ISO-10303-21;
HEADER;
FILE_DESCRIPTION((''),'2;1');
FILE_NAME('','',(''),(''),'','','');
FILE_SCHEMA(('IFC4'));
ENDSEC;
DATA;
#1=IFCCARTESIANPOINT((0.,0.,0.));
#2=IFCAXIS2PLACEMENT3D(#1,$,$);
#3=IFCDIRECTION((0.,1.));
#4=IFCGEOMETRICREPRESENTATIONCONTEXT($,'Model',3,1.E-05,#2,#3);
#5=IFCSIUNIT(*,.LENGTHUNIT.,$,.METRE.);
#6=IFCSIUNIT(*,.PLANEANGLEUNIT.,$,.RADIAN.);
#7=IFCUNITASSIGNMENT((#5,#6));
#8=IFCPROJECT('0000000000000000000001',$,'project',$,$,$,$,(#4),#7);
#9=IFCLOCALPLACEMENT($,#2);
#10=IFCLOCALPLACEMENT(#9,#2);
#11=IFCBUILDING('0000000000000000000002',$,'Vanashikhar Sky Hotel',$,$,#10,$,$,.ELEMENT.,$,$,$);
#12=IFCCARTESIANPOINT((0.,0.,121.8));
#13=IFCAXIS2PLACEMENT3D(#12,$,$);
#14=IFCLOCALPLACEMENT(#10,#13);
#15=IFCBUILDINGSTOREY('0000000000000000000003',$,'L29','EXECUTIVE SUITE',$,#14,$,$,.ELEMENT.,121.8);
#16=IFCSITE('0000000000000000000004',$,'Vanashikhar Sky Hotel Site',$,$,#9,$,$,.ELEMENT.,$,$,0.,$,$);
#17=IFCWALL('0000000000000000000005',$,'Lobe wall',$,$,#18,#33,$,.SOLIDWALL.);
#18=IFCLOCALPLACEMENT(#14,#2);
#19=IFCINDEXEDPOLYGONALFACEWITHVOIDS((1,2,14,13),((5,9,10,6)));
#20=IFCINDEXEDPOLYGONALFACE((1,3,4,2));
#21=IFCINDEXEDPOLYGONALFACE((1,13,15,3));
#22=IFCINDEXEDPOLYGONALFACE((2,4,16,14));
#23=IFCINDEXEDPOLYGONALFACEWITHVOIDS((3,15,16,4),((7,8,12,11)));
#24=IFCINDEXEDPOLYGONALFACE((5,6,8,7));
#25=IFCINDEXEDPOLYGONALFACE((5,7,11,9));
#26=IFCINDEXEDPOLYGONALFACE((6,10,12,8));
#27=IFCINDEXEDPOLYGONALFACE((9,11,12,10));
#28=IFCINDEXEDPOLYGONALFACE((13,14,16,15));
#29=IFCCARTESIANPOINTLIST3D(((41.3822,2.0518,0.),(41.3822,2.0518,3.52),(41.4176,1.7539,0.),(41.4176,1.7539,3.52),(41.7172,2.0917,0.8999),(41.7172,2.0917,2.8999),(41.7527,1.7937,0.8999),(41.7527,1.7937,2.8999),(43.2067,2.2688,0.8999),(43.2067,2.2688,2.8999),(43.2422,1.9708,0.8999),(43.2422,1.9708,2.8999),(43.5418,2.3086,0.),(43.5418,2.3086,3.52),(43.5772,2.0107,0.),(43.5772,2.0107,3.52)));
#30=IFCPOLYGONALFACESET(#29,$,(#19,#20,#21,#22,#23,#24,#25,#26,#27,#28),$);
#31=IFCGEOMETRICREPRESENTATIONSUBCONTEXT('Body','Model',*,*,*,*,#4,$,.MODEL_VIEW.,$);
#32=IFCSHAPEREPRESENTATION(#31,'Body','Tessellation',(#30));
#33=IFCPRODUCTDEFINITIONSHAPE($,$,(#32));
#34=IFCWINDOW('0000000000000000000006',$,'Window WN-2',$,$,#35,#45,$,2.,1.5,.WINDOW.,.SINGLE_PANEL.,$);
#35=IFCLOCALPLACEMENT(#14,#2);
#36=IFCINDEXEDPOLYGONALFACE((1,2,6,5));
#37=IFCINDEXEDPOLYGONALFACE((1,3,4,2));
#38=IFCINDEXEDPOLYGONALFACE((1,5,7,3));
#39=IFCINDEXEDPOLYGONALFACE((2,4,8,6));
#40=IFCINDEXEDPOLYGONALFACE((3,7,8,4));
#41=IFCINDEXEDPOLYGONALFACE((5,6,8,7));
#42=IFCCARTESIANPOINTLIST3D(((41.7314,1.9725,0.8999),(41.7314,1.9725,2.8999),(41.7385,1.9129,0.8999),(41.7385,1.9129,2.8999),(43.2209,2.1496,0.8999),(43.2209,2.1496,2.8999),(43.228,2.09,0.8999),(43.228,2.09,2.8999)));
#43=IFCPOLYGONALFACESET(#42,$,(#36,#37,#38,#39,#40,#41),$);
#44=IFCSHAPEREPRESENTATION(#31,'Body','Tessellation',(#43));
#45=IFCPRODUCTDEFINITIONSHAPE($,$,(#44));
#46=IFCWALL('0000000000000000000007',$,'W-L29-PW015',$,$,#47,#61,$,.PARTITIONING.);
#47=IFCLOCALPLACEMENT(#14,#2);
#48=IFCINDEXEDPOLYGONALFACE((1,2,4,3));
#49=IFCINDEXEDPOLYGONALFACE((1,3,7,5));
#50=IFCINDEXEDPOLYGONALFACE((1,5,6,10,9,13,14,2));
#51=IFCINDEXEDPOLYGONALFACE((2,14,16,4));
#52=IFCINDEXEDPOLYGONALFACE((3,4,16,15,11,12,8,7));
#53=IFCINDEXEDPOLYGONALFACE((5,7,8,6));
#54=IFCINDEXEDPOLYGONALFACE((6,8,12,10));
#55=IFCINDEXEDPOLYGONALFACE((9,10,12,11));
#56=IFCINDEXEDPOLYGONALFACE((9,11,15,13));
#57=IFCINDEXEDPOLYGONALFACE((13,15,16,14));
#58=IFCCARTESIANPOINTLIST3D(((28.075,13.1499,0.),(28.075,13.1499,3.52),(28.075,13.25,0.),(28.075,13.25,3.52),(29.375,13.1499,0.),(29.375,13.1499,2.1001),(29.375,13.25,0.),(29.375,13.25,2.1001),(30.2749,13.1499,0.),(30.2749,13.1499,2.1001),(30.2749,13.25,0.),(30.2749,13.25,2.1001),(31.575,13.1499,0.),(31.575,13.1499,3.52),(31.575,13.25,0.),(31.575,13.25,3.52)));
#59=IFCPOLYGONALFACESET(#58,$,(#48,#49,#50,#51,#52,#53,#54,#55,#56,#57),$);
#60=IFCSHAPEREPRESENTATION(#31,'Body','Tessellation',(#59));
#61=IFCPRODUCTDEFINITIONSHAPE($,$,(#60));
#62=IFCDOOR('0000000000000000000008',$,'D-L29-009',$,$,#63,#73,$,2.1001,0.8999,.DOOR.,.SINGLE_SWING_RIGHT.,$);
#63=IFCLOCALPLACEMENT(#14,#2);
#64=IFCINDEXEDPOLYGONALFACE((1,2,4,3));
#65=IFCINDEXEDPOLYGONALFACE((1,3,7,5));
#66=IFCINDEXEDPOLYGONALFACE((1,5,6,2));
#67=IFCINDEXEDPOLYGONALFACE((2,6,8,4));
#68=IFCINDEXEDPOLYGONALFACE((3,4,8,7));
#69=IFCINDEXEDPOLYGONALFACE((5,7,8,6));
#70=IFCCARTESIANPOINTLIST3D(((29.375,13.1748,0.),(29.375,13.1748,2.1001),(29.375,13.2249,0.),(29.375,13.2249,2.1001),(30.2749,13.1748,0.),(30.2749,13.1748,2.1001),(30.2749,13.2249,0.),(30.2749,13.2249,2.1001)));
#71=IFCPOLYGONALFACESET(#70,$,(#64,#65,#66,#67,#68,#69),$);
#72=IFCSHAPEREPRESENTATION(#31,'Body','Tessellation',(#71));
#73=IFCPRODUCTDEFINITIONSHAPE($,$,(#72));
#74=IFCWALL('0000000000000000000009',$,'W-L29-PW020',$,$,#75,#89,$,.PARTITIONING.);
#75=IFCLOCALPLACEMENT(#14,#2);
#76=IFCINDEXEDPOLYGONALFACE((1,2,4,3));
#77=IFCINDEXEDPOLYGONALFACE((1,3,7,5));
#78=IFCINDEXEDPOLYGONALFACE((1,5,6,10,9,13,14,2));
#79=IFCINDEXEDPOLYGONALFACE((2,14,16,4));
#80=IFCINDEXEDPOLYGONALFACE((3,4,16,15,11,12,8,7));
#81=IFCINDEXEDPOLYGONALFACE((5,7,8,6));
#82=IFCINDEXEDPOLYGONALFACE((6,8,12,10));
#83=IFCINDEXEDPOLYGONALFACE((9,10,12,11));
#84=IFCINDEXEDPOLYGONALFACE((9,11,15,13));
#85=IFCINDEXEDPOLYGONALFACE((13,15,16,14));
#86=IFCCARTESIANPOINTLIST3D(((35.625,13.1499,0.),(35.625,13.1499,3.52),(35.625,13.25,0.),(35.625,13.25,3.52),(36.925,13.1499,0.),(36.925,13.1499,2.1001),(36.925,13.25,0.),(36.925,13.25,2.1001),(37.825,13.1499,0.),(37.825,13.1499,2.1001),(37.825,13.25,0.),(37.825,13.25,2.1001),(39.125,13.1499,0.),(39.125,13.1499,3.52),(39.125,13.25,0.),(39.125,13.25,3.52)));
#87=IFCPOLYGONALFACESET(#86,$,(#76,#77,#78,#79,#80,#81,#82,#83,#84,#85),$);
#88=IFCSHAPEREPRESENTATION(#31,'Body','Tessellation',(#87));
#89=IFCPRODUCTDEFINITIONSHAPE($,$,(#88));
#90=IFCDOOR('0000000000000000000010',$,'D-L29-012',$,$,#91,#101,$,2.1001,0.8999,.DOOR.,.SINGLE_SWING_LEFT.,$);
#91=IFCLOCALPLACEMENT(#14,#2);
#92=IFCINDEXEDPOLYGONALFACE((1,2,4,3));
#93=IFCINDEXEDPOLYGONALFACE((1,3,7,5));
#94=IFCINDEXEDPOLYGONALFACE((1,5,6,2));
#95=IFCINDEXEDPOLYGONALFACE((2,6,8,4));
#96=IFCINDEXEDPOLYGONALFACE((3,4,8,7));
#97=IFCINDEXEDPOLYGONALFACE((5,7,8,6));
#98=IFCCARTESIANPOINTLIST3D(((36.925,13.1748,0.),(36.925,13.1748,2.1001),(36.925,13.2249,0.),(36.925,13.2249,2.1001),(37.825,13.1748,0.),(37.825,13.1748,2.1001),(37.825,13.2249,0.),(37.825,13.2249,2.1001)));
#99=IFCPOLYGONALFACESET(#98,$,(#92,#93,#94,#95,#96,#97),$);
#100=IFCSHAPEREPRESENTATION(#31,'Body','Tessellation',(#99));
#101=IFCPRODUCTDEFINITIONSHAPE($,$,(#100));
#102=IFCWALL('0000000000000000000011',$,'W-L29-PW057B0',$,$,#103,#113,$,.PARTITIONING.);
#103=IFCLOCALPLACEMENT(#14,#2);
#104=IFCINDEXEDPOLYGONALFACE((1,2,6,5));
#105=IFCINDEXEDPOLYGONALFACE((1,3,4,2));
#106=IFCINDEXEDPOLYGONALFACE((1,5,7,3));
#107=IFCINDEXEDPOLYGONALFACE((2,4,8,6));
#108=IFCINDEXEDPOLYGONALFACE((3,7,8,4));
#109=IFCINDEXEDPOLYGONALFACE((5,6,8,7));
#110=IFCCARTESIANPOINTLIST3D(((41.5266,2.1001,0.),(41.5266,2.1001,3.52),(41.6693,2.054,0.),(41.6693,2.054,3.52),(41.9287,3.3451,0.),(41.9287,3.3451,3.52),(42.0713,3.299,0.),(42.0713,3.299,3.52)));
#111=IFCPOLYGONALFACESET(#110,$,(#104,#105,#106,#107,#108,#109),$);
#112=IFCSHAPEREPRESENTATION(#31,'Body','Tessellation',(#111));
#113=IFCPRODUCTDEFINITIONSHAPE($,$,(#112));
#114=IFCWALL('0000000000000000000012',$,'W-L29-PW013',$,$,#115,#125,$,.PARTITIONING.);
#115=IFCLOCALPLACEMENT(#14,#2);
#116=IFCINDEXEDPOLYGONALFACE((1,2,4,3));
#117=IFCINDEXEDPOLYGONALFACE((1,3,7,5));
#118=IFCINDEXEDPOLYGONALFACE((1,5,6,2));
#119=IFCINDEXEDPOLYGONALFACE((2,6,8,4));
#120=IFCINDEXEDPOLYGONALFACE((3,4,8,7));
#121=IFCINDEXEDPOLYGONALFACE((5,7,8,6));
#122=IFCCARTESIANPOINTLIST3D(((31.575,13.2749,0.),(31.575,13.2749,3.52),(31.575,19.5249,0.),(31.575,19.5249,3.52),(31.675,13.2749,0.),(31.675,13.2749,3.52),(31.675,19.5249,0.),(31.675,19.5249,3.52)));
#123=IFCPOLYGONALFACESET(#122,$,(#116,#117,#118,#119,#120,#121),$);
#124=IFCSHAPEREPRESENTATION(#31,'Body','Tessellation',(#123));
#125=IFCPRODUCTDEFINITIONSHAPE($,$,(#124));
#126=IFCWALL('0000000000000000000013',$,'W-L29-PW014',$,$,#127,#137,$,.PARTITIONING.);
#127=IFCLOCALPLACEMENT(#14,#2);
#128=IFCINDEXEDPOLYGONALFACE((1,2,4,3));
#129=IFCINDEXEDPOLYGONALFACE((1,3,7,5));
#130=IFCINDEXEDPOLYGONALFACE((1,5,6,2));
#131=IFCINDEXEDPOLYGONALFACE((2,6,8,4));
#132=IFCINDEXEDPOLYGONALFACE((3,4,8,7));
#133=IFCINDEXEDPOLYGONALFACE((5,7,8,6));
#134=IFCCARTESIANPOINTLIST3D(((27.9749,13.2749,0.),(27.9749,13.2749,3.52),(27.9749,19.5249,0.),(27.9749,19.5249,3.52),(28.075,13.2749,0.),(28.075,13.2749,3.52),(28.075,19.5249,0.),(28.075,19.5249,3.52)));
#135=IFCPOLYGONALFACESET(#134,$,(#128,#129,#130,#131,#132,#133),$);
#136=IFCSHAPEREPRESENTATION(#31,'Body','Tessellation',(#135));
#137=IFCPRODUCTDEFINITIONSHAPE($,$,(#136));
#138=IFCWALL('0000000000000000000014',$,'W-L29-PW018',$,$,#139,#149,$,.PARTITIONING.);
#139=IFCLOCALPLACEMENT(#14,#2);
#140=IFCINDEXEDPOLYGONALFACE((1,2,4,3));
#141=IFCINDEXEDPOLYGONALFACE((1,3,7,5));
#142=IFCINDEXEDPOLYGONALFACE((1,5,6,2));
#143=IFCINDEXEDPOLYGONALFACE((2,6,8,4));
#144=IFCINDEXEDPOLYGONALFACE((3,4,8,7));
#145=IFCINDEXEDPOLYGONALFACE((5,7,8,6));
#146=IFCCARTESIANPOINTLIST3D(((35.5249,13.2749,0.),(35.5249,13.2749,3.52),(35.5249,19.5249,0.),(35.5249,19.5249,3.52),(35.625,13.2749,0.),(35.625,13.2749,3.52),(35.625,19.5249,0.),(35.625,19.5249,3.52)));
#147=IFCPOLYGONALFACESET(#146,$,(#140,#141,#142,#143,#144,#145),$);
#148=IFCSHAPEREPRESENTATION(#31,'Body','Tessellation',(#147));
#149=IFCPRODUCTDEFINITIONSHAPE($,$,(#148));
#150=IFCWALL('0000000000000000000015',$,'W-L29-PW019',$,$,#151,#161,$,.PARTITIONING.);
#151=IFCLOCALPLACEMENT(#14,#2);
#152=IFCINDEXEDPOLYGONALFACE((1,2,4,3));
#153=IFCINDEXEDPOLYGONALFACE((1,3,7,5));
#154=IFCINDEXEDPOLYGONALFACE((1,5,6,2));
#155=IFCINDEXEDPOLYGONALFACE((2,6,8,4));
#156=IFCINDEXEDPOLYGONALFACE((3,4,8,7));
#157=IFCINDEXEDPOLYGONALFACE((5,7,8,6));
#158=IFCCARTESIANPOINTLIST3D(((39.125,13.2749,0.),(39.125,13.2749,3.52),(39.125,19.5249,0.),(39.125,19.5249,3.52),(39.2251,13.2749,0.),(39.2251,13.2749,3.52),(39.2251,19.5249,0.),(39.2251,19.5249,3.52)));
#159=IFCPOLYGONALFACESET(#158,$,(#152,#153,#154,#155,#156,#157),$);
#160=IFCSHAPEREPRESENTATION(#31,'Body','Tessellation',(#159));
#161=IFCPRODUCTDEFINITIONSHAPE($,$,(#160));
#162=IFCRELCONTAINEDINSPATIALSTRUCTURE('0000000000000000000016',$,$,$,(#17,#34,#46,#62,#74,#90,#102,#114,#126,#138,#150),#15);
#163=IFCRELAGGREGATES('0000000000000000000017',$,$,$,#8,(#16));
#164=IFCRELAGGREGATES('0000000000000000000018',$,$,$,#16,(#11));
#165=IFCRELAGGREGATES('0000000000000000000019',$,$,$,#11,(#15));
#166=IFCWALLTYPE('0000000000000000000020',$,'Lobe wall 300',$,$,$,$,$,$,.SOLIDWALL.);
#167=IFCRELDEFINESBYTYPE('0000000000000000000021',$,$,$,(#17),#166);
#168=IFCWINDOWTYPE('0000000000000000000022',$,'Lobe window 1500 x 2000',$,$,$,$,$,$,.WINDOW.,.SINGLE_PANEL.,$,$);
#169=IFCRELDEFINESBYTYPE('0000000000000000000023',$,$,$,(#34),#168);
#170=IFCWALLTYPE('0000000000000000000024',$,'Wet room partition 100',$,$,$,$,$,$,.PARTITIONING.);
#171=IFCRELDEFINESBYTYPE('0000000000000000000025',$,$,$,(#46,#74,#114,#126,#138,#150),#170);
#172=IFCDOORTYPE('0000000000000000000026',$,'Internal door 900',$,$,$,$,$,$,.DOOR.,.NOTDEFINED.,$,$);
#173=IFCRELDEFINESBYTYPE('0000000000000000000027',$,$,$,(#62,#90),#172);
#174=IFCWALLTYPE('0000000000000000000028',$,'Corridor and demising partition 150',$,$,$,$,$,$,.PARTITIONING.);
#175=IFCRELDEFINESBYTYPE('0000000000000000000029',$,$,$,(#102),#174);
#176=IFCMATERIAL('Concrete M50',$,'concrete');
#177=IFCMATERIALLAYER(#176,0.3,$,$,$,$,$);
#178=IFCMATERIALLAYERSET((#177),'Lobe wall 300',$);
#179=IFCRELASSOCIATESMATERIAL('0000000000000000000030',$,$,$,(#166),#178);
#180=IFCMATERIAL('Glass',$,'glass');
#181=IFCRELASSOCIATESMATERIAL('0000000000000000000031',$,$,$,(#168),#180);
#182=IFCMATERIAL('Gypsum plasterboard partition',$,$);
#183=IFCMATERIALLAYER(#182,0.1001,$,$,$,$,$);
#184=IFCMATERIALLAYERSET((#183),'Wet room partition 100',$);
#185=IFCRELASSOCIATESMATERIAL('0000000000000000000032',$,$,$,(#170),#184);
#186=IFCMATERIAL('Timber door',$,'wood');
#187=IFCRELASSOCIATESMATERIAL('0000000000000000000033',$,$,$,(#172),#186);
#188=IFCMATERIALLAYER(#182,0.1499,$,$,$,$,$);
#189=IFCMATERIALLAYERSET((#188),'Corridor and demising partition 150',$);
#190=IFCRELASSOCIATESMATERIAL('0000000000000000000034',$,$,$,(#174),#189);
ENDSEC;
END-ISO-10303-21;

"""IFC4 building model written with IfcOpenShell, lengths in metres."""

from ifc_helpers import new_model, si_unit, direction, frame, frame_2d, origin, place, context, subcontext, project, spatial, rectangle, extrude, source, transform, mapped, material, layer, layer_set, type_object, element, fill, save


model = new_model("IFC4")

# Units and contexts
model_context = context("Model", 3, precision=1e-05, world=origin(), true_north=direction((0.0, 1.0)))
body_context = subcontext(model_context, "Body", "Model", "MODEL_VIEW")
ifc_project = project(units=[si_unit("LENGTHUNIT", "METRE"), si_unit("PLANEANGLEUNIT", "RADIAN")], contexts=[model_context])

# Site, building, storey
site_placement = place(None, origin())
site = spatial("IfcSite", under=ifc_project, at=site_placement, Name="Vanashikhar Sky Hotel Site", CompositionType="ELEMENT", RefElevation=0.0)
building_placement = place(site_placement, origin())
building = spatial("IfcBuilding", under=site, at=building_placement, Name="Vanashikhar Sky Hotel", CompositionType="ELEMENT")
storey_placement = place(building_placement, frame((0.0, 0.0, 121.8)))
storey = spatial("IfcBuildingStorey", under=building, at=storey_placement, Name="L29", Description="EXECUTIVE SUITE", CompositionType="ELEMENT", Elevation=121.8)

# Shared definitions
ifc_material_1 = material(Name="Concrete M50", Category="concrete")

# Wall, opening, window
ifc_layer_1 = layer(ifc_material_1, 0.3)
ifc_layer_set_1 = layer_set([ifc_layer_1], Name="Lobe wall 300")
wall_type_1 = type_object("IfcWallType", Name="Lobe wall 300", PredefinedType="SOLIDWALL", material=ifc_layer_set_1)
shared_shape_1 = source(origin(), body_context, "Body", "SweptSolid", [
    extrude(rectangle(XDim=1.5, YDim=2.0, at=frame_2d((0.75, 1.0))), frame((0.0, 0.1602, 0.0), z_axis=(0.0, -1.0, 0.0), x_axis=(1.0, 0.0, 0.0)), (0.0, 0.0, 1.0), 0.3201),
])
ifc_material_2 = material(Name="Glass", Category="glass")
window_type = type_object("IfcWindowType", Name="Lobe window 1500 x 2000", PartitioningType="SINGLE_PANEL", PredefinedType="WINDOW", material=ifc_material_2)
shared_shape_2 = source(origin(), body_context, "Body", "SweptSolid", [
    extrude(rectangle(XDim=1.5, YDim=2.0, at=frame_2d((0.75, 1.0))), frame((0.0, 0.03, 0.0), z_axis=(0.0, -1.0, 0.0), x_axis=(1.0, 0.0, 0.0)), (0.0, 0.0, 1.0), 0.0601),
])
shared_shape_3 = source(origin(), body_context, "Body", "SweptSolid", [
    extrude(rectangle(XDim=2.1748, YDim=0.3, at=frame_2d((1.0874, 0.0))), origin(), (0.0, 0.0, 1.0), 3.52),
])
wall_1_placement = place(storey_placement, frame((41.3999, 1.9028, 0.0), z_axis=(0.0, 0.0, 1.0), x_axis=(0.993003, 0.118092, 0.0)))
wall_1 = element("IfcWall", 1, at=wall_1_placement, inside=storey, type_object=wall_type_1, Name="Lobe wall", PredefinedType="SOLIDWALL", context=body_context, shape_type="MappedRepresentation", body=[
    mapped(shared_shape_3, transform((0.0, 0.0, 0.0), scale=1.0)),
])
opening_1_placement = place(wall_1_placement, frame((0.3374, 0.0, 0.8999)))
opening_1 = element("IfcOpeningElement", 2, at=opening_1_placement, cuts=wall_1, PredefinedType="OPENING", context=body_context, shape_type="MappedRepresentation", body=[
    mapped(shared_shape_1, transform((0.0, 0.0, 0.0), scale=1.0)),
])
window_1_placement = place(opening_1_placement, origin())
window_1 = element("IfcWindow", 3, at=window_1_placement, inside=storey, type_object=window_type, Name="Window WN-2", OverallHeight=2.0, OverallWidth=1.5, PartitioningType="SINGLE_PANEL", PredefinedType="WINDOW", context=body_context, shape_type="MappedRepresentation", body=[
    mapped(shared_shape_2, transform((0.0, 0.0, 0.0), scale=1.0)),
])
fill(opening_1, window_1)

# Walls, openings, doors
ifc_material_3 = material(Name="Gypsum plasterboard partition")
ifc_layer_2 = layer(ifc_material_3, 0.1001)
ifc_layer_set_2 = layer_set([ifc_layer_2], Name="Wet room partition 100")
wall_type_2 = type_object("IfcWallType", Name="Wet room partition 100", PredefinedType="PARTITIONING", material=ifc_layer_set_2)
shared_shape_4 = source(origin(), body_context, "Body", "SweptSolid", [
    extrude(rectangle(XDim=3.5, YDim=0.1001, at=frame_2d((1.75, 0.0))), origin(), (0.0, 0.0, 1.0), 3.52),
])
wall_2_placement = place(storey_placement, frame((28.075, 13.2, 0.0), z_axis=(0.0, 0.0, 1.0), x_axis=(1.0, 0.0, 0.0)))
wall_2 = element("IfcWall", 4, at=wall_2_placement, inside=storey, type_object=wall_type_2, Name="W-L29-PW015", PredefinedType="PARTITIONING", context=body_context, shape_type="MappedRepresentation", body=[
    mapped(shared_shape_4, transform((0.0, 0.0, 0.0), scale=1.0)),
])
shared_shape_5 = source(origin(), body_context, "Body", "SweptSolid", [
    extrude(rectangle(XDim=0.8999, YDim=2.1001, at=frame_2d((0.45, 1.05))), frame((0.0, 0.0601, 0.0), z_axis=(0.0, -1.0, 0.0), x_axis=(1.0, 0.0, 0.0)), (0.0, 0.0, 1.0), 0.1201),
])
opening_2_placement = place(wall_2_placement, frame((1.3, 0.0, 0.0)))
opening_2 = element("IfcOpeningElement", 5, at=opening_2_placement, cuts=wall_2, PredefinedType="OPENING", context=body_context, shape_type="MappedRepresentation", body=[
    mapped(shared_shape_5, transform((0.0, 0.0, 0.0), scale=1.0)),
])
ifc_material_4 = material(Name="Timber door", Category="wood")
door_type = type_object("IfcDoorType", Name="Internal door 900", OperationType="NOTDEFINED", PredefinedType="DOOR", material=ifc_material_4)
shared_shape_6 = source(origin(), body_context, "Body", "SweptSolid", [
    extrude(rectangle(XDim=0.8999, YDim=2.1001, at=frame_2d((0.45, 1.05))), frame((0.0, 0.0249, 0.0), z_axis=(0.0, -1.0, 0.0), x_axis=(1.0, 0.0, 0.0)), (0.0, 0.0, 1.0), 0.05),
])
door_1_placement = place(opening_2_placement, origin())
door_1 = element("IfcDoor", 6, at=door_1_placement, inside=storey, type_object=door_type, Name="D-L29-009", OperationType="SINGLE_SWING_RIGHT", OverallHeight=2.1001, OverallWidth=0.8999, PredefinedType="DOOR", context=body_context, shape_type="MappedRepresentation", body=[
    mapped(shared_shape_6, transform((0.0, 0.0, 0.0), scale=1.0)),
])
fill(opening_2, door_1)
wall_3_placement = place(storey_placement, frame((35.625, 13.2, 0.0), z_axis=(0.0, 0.0, 1.0), x_axis=(1.0, 0.0, 0.0)))
wall_3 = element("IfcWall", 7, at=wall_3_placement, inside=storey, type_object=wall_type_2, Name="W-L29-PW020", PredefinedType="PARTITIONING", context=body_context, shape_type="MappedRepresentation", body=[
    mapped(shared_shape_4, transform((0.0, 0.0, 0.0), scale=1.0)),
])
opening_3_placement = place(wall_3_placement, frame((1.3, 0.0, 0.0)))
opening_3 = element("IfcOpeningElement", 8, at=opening_3_placement, cuts=wall_3, PredefinedType="OPENING", context=body_context, shape_type="MappedRepresentation", body=[
    mapped(shared_shape_5, transform((0.0, 0.0, 0.0), scale=1.0)),
])
door_2_placement = place(opening_3_placement, origin())
door_2 = element("IfcDoor", 9, at=door_2_placement, inside=storey, type_object=door_type, Name="D-L29-012", OperationType="SINGLE_SWING_LEFT", OverallHeight=2.1001, OverallWidth=0.8999, PredefinedType="DOOR", context=body_context, shape_type="MappedRepresentation", body=[
    mapped(shared_shape_6, transform((0.0, 0.0, 0.0), scale=1.0)),
])
fill(opening_3, door_2)

# Walls
ifc_layer_3 = layer(ifc_material_3, 0.1499)
ifc_layer_set_3 = layer_set([ifc_layer_3], Name="Corridor and demising partition 150")
wall_type_3 = type_object("IfcWallType", Name="Corridor and demising partition 150", PredefinedType="PARTITIONING", material=ifc_layer_set_3)
shared_shape_7 = source(origin(), body_context, "Body", "SweptSolid", [
    extrude(rectangle(XDim=1.3083, YDim=0.1499, at=frame_2d((0.6543, 0.0))), origin(), (0.0, 0.0, 1.0), 3.52),
])
wall_4_placement = place(storey_placement, frame((41.5979, 2.0769, 0.0), z_axis=(0.0, 0.0, 1.0), x_axis=(0.307314, 0.951608, 0.0)))
element("IfcWall", 10, at=wall_4_placement, inside=storey, type_object=wall_type_3, Name="W-L29-PW057B0", PredefinedType="PARTITIONING", context=body_context, shape_type="MappedRepresentation", body=[
    mapped(shared_shape_7, transform((0.0, 0.0, 0.0), scale=1.0)),
])
shared_shape_8 = source(origin(), body_context, "Body", "SweptSolid", [
    extrude(rectangle(XDim=6.25, YDim=0.1001, at=frame_2d((3.125, 0.0))), origin(), (0.0, 0.0, 1.0), 3.52),
])
for number, where, z_axis, x_axis, name in (
    (11, (31.625, 13.2749, 0.0), (0.0, 0.0, 1.0), (0.0, 1.0, 0.0), "W-L29-PW013"),
    (12, (28.0249, 13.2749, 0.0), (0.0, 0.0, 1.0), (0.0, 1.0, 0.0), "W-L29-PW014"),
    (13, (35.575, 13.2749, 0.0), (0.0, 0.0, 1.0), (0.0, 1.0, 0.0), "W-L29-PW018"),
    (14, (39.175, 13.2749, 0.0), (0.0, 0.0, 1.0), (0.0, 1.0, 0.0), "W-L29-PW019"),
):
    element("IfcWall", number, at=place(storey_placement, frame(where, z_axis=z_axis, x_axis=x_axis)), inside=storey, type_object=wall_type_2, Name=name, PredefinedType="PARTITIONING", context=body_context, shape_type="MappedRepresentation", body=[
        mapped(shared_shape_8, transform((0.0, 0.0, 0.0), scale=1.0)),
    ])

save(model, "model.ifc")
